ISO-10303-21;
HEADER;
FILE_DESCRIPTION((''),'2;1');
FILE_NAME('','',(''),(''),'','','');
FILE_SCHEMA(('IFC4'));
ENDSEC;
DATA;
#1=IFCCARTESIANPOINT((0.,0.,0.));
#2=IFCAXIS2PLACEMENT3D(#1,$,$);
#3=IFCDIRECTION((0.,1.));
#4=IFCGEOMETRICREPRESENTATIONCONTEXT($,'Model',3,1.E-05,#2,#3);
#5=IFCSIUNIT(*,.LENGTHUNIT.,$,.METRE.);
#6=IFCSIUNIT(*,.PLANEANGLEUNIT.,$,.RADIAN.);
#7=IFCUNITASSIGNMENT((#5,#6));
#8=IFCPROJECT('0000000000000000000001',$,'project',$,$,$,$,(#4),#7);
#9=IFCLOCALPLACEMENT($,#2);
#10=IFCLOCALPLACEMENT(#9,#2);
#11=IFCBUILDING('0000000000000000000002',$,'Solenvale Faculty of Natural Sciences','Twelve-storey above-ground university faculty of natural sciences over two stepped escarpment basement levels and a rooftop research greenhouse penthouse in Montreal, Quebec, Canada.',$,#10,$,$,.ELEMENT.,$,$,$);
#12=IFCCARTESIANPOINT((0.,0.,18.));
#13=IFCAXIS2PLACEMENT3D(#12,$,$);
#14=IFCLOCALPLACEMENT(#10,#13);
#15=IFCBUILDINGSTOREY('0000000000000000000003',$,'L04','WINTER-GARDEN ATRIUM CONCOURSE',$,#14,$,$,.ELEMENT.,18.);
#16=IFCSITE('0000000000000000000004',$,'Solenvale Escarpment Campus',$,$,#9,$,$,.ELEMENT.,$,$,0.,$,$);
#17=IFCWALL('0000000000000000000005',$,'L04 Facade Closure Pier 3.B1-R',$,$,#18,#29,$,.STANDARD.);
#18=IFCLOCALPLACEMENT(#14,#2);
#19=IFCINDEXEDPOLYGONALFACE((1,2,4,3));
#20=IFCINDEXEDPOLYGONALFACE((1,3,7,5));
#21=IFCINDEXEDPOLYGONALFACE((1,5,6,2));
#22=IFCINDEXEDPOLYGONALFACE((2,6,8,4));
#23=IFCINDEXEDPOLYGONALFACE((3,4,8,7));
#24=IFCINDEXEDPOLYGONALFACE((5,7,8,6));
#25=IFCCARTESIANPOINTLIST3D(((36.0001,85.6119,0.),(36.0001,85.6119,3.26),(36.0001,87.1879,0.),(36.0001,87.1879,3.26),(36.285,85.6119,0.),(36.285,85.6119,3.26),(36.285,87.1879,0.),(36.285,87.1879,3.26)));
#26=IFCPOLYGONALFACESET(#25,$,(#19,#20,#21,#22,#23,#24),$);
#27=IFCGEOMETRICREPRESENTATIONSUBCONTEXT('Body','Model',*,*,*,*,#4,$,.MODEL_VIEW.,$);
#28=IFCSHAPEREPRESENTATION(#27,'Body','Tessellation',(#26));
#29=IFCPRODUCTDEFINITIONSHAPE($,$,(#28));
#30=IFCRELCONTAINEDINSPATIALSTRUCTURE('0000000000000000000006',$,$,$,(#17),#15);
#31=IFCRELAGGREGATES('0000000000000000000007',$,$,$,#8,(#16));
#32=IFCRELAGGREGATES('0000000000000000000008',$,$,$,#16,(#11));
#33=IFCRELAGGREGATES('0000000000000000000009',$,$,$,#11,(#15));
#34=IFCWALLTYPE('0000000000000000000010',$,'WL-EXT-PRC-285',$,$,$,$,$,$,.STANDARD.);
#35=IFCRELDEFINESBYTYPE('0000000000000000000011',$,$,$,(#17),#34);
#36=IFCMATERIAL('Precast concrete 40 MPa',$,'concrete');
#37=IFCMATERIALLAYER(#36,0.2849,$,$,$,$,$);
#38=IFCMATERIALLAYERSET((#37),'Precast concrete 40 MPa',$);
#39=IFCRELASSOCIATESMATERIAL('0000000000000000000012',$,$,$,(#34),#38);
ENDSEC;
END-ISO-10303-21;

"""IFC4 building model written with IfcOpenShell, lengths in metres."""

from ifc_helpers import new_model, si_unit, direction, frame, frame_2d, origin, place, context, subcontext, project, spatial, rectangle, extrude, material, layer, layer_set, type_object, element, save


model = new_model("IFC4")

# Units and contexts
model_context = context("Model", 3, precision=1e-05, world=origin(), true_north=direction((0.0, 1.0)))
body_context = subcontext(model_context, "Body", "Model", "MODEL_VIEW")
ifc_project = project(units=[si_unit("LENGTHUNIT", "METRE"), si_unit("PLANEANGLEUNIT", "RADIAN")], contexts=[model_context])

# Site, building, storey
site_placement = place(None, origin())
site = spatial("IfcSite", under=ifc_project, at=site_placement, Name="Solenvale Escarpment Campus", CompositionType="ELEMENT", RefElevation=0.0)
building_placement = place(site_placement, origin())
building = spatial("IfcBuilding", under=site, at=building_placement, Name="Solenvale Faculty of Natural Sciences", Description="Twelve-storey above-ground university faculty of natural sciences over two stepped escarpment basement levels and a rooftop research greenhouse penthouse in Montreal, Quebec, Canada.", CompositionType="ELEMENT")
storey_placement = place(building_placement, frame((0.0, 0.0, 18.0)))
storey = spatial("IfcBuildingStorey", under=building, at=storey_placement, Name="L04", Description="WINTER-GARDEN ATRIUM CONCOURSE", CompositionType="ELEMENT", Elevation=18.0)

# Wall
ifc_material_1 = material(Name="Precast concrete 40 MPa", Category="concrete")
ifc_layer_1 = layer(ifc_material_1, 0.2849)
ifc_layer_set_1 = layer_set([ifc_layer_1], Name="Precast concrete 40 MPa")
wall_type = type_object("IfcWallType", Name="WL-EXT-PRC-285", PredefinedType="STANDARD", material=ifc_layer_set_1)
wall_placement = place(storey_placement, frame((36.1426, 87.188, 0.0), z_axis=(0.0, 0.0, 1.0), x_axis=(0.0, -1.0, 0.0)))
element("IfcWall", 1, at=wall_placement, inside=storey, type_object=wall_type, Name="L04 Facade Closure Pier 3.B1-R", PredefinedType="STANDARD", context=body_context, shape_type="SweptSolid", body=[
    extrude(rectangle(XDim=1.5759, YDim=0.2849, at=frame_2d((0.7881, 0.0))), origin(), (0.0, 0.0, 1.0), 3.26),
])

save(model, "model.ifc")
